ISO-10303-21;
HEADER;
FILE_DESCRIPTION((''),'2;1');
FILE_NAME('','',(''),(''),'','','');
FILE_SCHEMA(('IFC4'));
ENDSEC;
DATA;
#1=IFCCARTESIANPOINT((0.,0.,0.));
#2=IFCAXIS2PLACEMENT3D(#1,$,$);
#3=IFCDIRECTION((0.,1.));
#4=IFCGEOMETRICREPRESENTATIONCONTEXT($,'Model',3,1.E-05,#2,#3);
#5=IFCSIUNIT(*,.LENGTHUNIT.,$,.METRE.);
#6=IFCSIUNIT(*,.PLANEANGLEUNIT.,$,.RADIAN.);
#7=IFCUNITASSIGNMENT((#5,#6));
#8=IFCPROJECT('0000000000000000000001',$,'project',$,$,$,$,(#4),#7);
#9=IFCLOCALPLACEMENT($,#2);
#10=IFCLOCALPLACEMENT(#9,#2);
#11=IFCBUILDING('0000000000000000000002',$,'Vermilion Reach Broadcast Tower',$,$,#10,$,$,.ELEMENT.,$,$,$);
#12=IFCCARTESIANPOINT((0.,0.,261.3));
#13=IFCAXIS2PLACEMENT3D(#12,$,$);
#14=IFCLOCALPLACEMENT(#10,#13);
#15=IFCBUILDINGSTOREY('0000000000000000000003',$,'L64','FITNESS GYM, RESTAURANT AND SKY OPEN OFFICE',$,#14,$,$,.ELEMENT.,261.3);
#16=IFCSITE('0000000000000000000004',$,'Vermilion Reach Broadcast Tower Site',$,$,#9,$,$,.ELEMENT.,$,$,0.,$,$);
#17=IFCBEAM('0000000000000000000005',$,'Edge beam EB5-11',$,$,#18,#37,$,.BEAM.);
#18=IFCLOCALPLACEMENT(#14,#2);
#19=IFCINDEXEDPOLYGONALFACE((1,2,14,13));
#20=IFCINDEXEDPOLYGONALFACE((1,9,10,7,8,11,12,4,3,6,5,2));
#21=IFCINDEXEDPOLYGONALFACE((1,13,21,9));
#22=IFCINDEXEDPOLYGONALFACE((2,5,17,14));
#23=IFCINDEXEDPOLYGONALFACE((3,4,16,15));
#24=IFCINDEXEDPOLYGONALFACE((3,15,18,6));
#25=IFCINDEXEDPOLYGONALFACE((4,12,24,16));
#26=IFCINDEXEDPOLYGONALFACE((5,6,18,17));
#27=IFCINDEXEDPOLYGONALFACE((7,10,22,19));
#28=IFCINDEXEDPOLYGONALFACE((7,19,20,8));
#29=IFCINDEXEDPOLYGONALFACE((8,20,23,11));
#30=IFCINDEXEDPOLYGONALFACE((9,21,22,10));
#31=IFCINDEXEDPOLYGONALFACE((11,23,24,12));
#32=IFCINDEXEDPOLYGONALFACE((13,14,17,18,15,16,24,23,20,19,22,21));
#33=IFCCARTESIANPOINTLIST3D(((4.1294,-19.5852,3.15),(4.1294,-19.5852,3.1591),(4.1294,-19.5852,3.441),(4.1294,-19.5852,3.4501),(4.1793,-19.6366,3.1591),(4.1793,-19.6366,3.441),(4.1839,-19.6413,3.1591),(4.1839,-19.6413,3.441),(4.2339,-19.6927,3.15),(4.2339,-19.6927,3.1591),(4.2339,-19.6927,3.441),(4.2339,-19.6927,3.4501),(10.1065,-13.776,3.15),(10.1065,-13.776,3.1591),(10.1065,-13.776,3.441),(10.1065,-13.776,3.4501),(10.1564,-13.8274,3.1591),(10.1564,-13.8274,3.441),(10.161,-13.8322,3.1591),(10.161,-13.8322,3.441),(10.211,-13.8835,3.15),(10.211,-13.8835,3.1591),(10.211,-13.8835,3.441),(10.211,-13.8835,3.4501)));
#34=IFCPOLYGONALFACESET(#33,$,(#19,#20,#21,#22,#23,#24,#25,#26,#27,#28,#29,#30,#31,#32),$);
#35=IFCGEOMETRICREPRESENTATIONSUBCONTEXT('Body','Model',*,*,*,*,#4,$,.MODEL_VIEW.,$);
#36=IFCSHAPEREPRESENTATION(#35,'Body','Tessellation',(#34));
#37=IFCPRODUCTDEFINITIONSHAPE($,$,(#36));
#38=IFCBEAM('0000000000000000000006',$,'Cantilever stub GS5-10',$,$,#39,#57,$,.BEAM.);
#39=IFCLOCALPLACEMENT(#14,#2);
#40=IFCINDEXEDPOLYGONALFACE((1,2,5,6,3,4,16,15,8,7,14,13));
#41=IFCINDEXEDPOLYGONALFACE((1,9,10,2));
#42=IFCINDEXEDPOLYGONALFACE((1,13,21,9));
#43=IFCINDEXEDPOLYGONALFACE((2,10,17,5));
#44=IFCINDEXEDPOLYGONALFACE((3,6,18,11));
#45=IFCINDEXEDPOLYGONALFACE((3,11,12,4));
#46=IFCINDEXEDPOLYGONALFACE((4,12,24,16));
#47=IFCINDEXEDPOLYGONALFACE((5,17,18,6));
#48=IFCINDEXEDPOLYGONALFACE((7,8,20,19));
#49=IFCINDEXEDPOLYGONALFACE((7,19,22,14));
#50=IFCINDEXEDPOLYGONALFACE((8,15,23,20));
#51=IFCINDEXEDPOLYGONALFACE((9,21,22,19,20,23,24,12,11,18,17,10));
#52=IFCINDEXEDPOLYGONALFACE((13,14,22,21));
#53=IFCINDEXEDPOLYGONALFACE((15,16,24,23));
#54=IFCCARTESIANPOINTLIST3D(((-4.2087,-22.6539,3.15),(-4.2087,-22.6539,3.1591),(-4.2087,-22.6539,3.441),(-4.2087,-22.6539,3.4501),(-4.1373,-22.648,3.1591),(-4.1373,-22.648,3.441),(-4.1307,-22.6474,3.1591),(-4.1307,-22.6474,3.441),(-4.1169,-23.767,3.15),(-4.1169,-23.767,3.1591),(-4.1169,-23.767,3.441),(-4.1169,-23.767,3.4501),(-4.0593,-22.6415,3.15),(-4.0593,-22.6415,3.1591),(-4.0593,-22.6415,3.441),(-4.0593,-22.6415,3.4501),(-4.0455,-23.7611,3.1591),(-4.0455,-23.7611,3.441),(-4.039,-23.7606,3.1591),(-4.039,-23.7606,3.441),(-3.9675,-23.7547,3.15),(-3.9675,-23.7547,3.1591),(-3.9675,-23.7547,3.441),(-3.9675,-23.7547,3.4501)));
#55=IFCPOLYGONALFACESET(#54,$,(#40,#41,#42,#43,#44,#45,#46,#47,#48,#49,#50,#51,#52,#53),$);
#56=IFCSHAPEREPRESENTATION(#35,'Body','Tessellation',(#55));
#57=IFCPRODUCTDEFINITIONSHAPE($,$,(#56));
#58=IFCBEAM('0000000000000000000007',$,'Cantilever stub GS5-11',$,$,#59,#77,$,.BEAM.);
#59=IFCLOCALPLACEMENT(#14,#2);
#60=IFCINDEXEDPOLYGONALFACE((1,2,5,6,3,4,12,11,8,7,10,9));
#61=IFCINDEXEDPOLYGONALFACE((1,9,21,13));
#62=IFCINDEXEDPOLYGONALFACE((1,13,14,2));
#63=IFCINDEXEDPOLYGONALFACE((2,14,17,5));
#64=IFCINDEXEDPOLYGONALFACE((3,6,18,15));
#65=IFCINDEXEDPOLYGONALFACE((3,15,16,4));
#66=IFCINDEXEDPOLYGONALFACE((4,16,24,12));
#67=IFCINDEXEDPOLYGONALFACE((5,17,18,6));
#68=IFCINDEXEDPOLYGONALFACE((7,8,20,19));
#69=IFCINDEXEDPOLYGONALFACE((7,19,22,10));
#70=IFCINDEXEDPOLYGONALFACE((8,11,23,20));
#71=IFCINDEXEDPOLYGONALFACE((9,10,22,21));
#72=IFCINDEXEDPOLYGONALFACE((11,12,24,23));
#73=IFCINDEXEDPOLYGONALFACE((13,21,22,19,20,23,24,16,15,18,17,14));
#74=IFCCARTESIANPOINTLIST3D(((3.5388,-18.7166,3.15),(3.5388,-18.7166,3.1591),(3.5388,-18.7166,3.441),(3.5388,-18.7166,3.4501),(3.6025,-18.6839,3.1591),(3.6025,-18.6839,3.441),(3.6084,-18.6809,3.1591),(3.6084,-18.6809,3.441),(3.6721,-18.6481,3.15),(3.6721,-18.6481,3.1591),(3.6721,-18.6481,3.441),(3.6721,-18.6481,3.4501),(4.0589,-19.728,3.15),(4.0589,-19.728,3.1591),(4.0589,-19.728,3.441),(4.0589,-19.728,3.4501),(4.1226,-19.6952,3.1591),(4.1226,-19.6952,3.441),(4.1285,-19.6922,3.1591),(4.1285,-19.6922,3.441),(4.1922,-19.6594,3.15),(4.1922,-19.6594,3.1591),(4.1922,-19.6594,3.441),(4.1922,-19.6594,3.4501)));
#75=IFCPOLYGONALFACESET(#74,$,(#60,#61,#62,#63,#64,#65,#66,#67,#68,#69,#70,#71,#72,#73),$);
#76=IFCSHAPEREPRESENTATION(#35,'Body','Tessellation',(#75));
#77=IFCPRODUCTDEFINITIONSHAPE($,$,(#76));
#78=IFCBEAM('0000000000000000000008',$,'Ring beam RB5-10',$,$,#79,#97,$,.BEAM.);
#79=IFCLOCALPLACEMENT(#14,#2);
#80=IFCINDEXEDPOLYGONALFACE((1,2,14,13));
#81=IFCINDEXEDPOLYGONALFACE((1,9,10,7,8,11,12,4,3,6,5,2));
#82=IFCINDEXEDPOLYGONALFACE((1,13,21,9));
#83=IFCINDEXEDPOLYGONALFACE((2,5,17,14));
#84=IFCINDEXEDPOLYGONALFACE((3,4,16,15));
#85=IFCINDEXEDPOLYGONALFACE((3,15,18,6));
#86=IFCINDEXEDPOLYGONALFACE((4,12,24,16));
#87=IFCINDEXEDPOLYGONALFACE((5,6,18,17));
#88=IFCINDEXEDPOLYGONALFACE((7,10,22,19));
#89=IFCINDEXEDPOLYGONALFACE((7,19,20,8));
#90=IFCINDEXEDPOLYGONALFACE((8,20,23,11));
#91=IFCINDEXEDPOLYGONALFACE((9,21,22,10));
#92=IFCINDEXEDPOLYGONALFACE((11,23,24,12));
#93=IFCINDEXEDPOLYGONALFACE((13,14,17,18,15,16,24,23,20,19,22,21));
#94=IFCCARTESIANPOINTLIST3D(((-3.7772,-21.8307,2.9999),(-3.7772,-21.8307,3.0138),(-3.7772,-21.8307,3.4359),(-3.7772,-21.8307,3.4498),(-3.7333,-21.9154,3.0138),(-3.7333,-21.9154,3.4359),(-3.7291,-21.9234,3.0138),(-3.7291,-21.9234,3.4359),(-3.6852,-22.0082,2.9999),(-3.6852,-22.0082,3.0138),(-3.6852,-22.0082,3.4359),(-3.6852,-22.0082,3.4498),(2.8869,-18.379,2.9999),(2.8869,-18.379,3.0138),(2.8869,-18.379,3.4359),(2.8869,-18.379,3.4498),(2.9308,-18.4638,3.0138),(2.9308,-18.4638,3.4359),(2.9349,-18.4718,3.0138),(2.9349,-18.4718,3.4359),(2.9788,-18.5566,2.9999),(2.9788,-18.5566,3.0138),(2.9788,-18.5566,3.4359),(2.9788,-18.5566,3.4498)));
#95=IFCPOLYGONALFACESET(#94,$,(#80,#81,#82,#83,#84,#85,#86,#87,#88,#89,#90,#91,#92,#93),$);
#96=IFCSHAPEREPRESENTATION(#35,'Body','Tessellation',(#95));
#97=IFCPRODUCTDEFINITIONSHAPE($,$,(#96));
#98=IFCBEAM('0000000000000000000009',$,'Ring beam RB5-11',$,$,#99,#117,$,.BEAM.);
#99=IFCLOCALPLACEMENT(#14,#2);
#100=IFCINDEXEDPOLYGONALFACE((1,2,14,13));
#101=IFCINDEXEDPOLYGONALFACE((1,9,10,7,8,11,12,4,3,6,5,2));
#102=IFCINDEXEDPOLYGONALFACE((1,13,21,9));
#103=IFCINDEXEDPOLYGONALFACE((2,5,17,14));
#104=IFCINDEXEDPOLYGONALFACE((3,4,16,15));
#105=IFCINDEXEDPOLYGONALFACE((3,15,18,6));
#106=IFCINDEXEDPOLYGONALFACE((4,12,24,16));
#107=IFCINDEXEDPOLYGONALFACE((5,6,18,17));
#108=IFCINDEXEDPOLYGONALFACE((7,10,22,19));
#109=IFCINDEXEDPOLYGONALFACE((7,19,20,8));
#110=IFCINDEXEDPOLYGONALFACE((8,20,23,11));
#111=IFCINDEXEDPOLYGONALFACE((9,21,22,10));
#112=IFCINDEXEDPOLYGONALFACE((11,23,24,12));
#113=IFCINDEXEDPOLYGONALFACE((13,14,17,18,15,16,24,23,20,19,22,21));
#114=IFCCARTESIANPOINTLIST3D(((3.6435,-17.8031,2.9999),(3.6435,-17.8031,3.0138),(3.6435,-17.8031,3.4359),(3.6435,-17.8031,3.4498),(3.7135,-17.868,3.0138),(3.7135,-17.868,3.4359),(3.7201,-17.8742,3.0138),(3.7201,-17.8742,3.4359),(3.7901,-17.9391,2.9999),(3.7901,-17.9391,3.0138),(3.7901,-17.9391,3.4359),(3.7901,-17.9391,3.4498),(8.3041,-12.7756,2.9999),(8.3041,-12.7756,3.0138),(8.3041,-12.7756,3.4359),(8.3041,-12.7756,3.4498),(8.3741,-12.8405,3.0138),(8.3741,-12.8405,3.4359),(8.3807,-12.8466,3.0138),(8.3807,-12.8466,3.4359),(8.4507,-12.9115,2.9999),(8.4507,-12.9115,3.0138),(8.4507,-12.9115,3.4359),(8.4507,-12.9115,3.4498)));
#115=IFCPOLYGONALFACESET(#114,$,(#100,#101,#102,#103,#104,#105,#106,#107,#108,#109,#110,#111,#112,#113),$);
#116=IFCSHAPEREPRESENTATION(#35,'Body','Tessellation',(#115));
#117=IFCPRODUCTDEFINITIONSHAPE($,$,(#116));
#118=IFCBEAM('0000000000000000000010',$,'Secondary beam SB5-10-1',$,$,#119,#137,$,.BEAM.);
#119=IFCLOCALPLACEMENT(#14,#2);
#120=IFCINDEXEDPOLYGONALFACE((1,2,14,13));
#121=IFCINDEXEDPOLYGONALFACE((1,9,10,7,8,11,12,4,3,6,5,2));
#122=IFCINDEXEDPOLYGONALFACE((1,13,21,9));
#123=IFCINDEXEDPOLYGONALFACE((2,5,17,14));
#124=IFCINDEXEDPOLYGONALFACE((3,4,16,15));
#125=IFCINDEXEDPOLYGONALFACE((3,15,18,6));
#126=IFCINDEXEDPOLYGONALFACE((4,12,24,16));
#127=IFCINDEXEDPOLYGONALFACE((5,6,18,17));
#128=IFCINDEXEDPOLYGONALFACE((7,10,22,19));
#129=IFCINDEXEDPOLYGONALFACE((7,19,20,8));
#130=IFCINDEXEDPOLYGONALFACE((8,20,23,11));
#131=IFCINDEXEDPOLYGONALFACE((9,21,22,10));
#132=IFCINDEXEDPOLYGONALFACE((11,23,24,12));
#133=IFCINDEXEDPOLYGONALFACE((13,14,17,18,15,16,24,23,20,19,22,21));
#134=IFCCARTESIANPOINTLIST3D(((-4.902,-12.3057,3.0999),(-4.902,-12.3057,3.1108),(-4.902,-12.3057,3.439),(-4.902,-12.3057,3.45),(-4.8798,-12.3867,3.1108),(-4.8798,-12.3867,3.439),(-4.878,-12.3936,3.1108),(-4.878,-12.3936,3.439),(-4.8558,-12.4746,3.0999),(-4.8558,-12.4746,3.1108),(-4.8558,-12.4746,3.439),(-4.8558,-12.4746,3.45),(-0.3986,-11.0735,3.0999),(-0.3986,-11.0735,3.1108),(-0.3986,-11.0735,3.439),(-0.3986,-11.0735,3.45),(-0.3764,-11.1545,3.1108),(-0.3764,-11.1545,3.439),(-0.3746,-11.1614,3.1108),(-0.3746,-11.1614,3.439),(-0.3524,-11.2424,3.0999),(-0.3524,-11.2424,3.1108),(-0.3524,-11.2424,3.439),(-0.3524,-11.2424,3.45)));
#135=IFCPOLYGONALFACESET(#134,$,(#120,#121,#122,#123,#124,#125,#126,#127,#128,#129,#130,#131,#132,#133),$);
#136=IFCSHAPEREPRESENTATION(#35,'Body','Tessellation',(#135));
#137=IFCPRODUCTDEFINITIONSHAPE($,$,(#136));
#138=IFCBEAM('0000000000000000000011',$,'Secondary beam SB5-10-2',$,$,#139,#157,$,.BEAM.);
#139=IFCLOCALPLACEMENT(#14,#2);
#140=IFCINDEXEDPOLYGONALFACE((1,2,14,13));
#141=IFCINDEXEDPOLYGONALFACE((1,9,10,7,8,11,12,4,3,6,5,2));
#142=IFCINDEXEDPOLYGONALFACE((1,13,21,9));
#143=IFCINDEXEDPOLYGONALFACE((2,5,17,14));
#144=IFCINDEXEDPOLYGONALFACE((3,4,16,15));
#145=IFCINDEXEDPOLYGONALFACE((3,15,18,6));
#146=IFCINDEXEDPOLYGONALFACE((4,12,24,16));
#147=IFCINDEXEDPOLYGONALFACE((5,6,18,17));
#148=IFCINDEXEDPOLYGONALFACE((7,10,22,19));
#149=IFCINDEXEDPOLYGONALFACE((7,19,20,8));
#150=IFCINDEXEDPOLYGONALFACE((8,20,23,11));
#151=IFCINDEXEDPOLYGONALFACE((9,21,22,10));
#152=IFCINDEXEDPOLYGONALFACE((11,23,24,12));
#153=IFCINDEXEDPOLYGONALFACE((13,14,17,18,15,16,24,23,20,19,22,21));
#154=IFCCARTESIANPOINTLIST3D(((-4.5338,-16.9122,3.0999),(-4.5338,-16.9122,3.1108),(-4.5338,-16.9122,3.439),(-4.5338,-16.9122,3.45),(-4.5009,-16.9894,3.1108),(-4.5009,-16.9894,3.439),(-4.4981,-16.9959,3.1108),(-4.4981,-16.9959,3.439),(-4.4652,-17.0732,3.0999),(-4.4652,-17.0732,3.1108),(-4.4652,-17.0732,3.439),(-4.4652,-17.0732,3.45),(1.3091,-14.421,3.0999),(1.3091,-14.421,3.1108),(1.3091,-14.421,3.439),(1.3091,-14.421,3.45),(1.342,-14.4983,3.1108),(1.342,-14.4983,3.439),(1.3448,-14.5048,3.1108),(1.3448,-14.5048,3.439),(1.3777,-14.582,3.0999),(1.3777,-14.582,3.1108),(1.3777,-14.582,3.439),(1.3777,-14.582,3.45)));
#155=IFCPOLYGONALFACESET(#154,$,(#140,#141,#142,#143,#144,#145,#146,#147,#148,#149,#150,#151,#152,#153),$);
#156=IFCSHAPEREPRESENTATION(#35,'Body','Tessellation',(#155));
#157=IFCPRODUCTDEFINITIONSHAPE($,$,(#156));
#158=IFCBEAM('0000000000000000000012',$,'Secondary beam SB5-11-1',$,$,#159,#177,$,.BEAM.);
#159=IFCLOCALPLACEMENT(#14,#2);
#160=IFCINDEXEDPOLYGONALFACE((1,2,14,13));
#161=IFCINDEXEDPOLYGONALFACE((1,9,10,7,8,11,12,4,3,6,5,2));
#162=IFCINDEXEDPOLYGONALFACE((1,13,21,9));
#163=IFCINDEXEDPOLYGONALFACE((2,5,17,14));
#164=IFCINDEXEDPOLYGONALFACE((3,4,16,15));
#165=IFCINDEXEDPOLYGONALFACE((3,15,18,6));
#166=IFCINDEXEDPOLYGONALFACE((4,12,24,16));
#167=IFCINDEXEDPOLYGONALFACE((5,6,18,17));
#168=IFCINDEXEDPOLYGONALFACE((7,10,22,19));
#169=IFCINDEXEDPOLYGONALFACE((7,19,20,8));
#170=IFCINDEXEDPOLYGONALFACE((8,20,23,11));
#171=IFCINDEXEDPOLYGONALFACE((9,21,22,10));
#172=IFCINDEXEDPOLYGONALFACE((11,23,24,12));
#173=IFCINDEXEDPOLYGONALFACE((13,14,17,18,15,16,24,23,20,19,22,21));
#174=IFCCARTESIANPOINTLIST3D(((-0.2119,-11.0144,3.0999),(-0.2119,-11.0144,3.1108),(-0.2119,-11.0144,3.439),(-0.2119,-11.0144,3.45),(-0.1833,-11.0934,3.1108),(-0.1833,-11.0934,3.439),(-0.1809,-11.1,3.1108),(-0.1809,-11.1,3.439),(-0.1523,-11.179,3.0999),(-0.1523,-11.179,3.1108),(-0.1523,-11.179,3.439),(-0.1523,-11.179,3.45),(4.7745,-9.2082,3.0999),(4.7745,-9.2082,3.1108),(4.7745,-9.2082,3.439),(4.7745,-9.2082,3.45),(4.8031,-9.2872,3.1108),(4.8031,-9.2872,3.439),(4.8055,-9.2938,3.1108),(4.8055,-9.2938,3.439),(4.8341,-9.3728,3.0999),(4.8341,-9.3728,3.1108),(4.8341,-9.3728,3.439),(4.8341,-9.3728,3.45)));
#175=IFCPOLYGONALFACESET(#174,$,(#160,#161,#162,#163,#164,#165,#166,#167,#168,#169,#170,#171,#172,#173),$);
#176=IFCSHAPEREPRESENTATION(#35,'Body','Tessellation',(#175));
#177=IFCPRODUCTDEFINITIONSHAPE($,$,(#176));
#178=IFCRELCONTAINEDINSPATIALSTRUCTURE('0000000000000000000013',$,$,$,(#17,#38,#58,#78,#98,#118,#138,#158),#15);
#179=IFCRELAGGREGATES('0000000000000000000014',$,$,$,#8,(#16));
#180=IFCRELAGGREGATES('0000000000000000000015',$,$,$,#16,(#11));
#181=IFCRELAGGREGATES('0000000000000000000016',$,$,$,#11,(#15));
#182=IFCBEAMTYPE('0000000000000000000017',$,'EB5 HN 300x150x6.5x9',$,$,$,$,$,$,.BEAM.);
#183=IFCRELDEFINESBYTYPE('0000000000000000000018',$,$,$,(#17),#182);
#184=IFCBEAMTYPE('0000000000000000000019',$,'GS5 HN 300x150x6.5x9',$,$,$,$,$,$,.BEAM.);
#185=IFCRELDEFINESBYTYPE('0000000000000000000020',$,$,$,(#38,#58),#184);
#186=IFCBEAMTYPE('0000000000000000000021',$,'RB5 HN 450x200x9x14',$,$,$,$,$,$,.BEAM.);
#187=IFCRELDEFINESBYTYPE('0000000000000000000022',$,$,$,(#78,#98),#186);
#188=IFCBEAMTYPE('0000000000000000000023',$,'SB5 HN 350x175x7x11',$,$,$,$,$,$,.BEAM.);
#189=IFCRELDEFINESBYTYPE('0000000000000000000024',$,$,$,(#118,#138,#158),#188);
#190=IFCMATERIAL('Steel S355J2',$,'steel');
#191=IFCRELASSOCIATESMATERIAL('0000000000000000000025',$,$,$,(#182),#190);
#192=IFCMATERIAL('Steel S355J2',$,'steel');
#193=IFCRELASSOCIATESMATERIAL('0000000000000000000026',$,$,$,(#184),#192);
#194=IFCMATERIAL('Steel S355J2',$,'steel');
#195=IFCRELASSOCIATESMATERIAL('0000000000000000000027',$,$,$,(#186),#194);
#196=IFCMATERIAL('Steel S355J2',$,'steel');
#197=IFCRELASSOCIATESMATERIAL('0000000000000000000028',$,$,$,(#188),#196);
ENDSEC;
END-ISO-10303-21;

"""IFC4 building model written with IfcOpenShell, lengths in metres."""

from ifc_helpers import new_model, si_unit, direction, frame, origin, origin_2d, place, context, subcontext, project, spatial, i_section, extrude, material, material_profile, profile_set, type_object, element, save


model = new_model("IFC4")

# Units and contexts
model_context = context("Model", 3, precision=1e-05, world=origin(), true_north=direction((0.0, 1.0)))
body_context = subcontext(model_context, "Body", "Model", "MODEL_VIEW")
ifc_project = project(units=[si_unit("LENGTHUNIT", "METRE"), si_unit("PLANEANGLEUNIT", "RADIAN")], contexts=[model_context])

# Site, building, storey
site_placement = place(None, origin())
site = spatial("IfcSite", under=ifc_project, at=site_placement, Name="Vermilion Reach Broadcast Tower Site", CompositionType="ELEMENT", RefElevation=0.0)
building_placement = place(site_placement, origin())
building = spatial("IfcBuilding", under=site, at=building_placement, Name="Vermilion Reach Broadcast Tower", CompositionType="ELEMENT")
storey_placement = place(building_placement, frame((0.0, 0.0, 261.3)))
storey = spatial("IfcBuildingStorey", under=building, at=storey_placement, Name="L64", Description="FITNESS GYM, RESTAURANT AND SKY OPEN OFFICE", CompositionType="ELEMENT", Elevation=261.3)

# Beams
ifc_material_1 = material(Name="Steel S355J2", Category="steel")
ifc_material_profile_1 = material_profile(ifc_material_1, i_section(OverallWidth=0.1499, OverallDepth=0.3, WebThickness=0.0066, FlangeThickness=0.009, at=origin_2d()), Name="S355J2 HN 300x150x6.5x9")
ifc_profile_set_1 = profile_set([ifc_material_profile_1], Name="Steel S355J2")
beam_type_1 = type_object("IfcBeamType", Name="EB5 HN 300x150x6.5x9", PredefinedType="BEAM", material=ifc_profile_set_1)
beam_1_placement = place(storey_placement, frame((4.1816, -19.6389, 3.3), z_axis=(0.717111, 0.696959, 0.0), x_axis=(-0.696959, 0.717111, 0.0)))
element("IfcBeam", 1, at=beam_1_placement, inside=storey, type_object=beam_type_1, Name="Edge beam EB5-11", PredefinedType="BEAM", context=body_context, shape_type="SweptSolid", body=[
    extrude(i_section(OverallWidth=0.1499, OverallDepth=0.3, WebThickness=0.0066, FlangeThickness=0.009, at=origin_2d()), origin(), (0.0, 0.0, 1.0), 8.335),
])
ifc_material_2 = material(Name="Steel S355J2", Category="steel")
ifc_material_profile_2 = material_profile(ifc_material_2, i_section(OverallWidth=0.1499, OverallDepth=0.3, WebThickness=0.0066, FlangeThickness=0.009, at=origin_2d()), Name="S355J2 HN 300x150x6.5x9")
ifc_profile_set_2 = profile_set([ifc_material_profile_2], Name="Steel S355J2")
beam_type_2 = type_object("IfcBeamType", Name="GS5 HN 300x150x6.5x9", PredefinedType="BEAM", material=ifc_profile_set_2)
beam_2_placement = place(storey_placement, frame((-4.134, -22.6477, 3.3), z_axis=(0.082177, -0.996618, 0.0), x_axis=(0.996618, 0.082177, 0.0)))
element("IfcBeam", 2, at=beam_2_placement, inside=storey, type_object=beam_type_2, Name="Cantilever stub GS5-10", PredefinedType="BEAM", context=body_context, shape_type="SweptSolid", body=[
    extrude(i_section(OverallWidth=0.1499, OverallDepth=0.3, WebThickness=0.0066, FlangeThickness=0.009, at=origin_2d()), origin(), (0.0, 0.0, 1.0), 1.1169),
])
beam_3_placement = place(storey_placement, frame((3.6055, -18.6824, 3.3), z_axis=(0.457319, -0.889303, 0.0), x_axis=(0.889303, 0.457319, 0.0)))
element("IfcBeam", 3, at=beam_3_placement, inside=storey, type_object=beam_type_2, Name="Cantilever stub GS5-11", PredefinedType="BEAM", context=body_context, shape_type="SweptSolid", body=[
    extrude(i_section(OverallWidth=0.1499, OverallDepth=0.3, WebThickness=0.0066, FlangeThickness=0.009, at=origin_2d()), origin(), (0.0, 0.0, 1.0), 1.1372),
])
ifc_material_3 = material(Name="Steel S355J2", Category="steel")
ifc_material_profile_3 = material_profile(ifc_material_3, i_section(OverallWidth=0.2, OverallDepth=0.45, WebThickness=0.009, FlangeThickness=0.0139, at=origin_2d()), Name="S355J2 HN 450x200x9x14")
ifc_profile_set_3 = profile_set([ifc_material_profile_3], Name="Steel S355J2")
beam_type_3 = type_object("IfcBeamType", Name="RB5 HN 450x200x9x14", PredefinedType="BEAM", material=ifc_profile_set_3)
beam_4_placement = place(storey_placement, frame((-3.7312, -21.9194, 3.2249), z_axis=(0.88796, 0.45992, 0.0), x_axis=(-0.45992, 0.88796, 0.0)))
element("IfcBeam", 4, at=beam_4_placement, inside=storey, type_object=beam_type_3, Name="Ring beam RB5-10", PredefinedType="BEAM", context=body_context, shape_type="SweptSolid", body=[
    extrude(i_section(OverallWidth=0.2, OverallDepth=0.45, WebThickness=0.009, FlangeThickness=0.0139, at=origin_2d()), origin(), (0.0, 0.0, 1.0), 7.5049),
])
beam_5_placement = place(storey_placement, frame((3.7168, -17.8711, 3.2249), z_axis=(0.679838, 0.733363, 0.0), x_axis=(-0.733363, 0.679838, 0.0)))
element("IfcBeam", 5, at=beam_5_placement, inside=storey, type_object=beam_type_3, Name="Ring beam RB5-11", PredefinedType="BEAM", context=body_context, shape_type="SweptSolid", body=[
    extrude(i_section(OverallWidth=0.2, OverallDepth=0.45, WebThickness=0.009, FlangeThickness=0.0139, at=origin_2d()), origin(), (0.0, 0.0, 1.0), 6.8555),
])
ifc_material_4 = material(Name="Steel S355J2", Category="steel")
ifc_material_profile_4 = material_profile(ifc_material_4, i_section(OverallWidth=0.175, OverallDepth=0.3501, WebThickness=0.0071, FlangeThickness=0.011, at=origin_2d()), Name="S355J2 HN 350x175x7x11")
ifc_profile_set_4 = profile_set([ifc_material_profile_4], Name="Steel S355J2")
beam_type_4 = type_object("IfcBeamType", Name="SB5 HN 350x175x7x11", PredefinedType="BEAM", material=ifc_profile_set_4)
beam_6_placement = place(storey_placement, frame((-4.8789, -12.3901, 3.2749), z_axis=(0.964547, 0.263909, 0.0), x_axis=(-0.263909, 0.964547, 0.0)))
element("IfcBeam", 6, at=beam_6_placement, inside=storey, type_object=beam_type_4, Name="Secondary beam SB5-10-1", PredefinedType="BEAM", context=body_context, shape_type="SweptSolid", body=[
    extrude(i_section(OverallWidth=0.175, OverallDepth=0.3501, WebThickness=0.0071, FlangeThickness=0.011, at=origin_2d()), origin(), (0.0, 0.0, 1.0), 4.6689),
])
beam_7_placement = place(storey_placement, frame((-4.4995, -16.9927, 3.2749), z_axis=(0.919881, 0.392198, 0.0), x_axis=(-0.392198, 0.919881, 0.0)))
element("IfcBeam", 7, at=beam_7_placement, inside=storey, type_object=beam_type_4, Name="Secondary beam SB5-10-2", PredefinedType="BEAM", context=body_context, shape_type="SweptSolid", body=[
    extrude(i_section(OverallWidth=0.175, OverallDepth=0.3501, WebThickness=0.0071, FlangeThickness=0.011, at=origin_2d()), origin(), (0.0, 0.0, 1.0), 6.3518),
])
beam_8_placement = place(storey_placement, frame((-0.1821, -11.0967, 3.2749), z_axis=(0.94022, 0.340567, 0.0), x_axis=(-0.340567, 0.94022, 0.0)))
element("IfcBeam", 8, at=beam_8_placement, inside=storey, type_object=beam_type_4, Name="Secondary beam SB5-11-1", PredefinedType="BEAM", context=body_context, shape_type="SweptSolid", body=[
    extrude(i_section(OverallWidth=0.175, OverallDepth=0.3501, WebThickness=0.0071, FlangeThickness=0.011, at=origin_2d()), origin(), (0.0, 0.0, 1.0), 5.3035),
])

save(model, "model.ifc")
